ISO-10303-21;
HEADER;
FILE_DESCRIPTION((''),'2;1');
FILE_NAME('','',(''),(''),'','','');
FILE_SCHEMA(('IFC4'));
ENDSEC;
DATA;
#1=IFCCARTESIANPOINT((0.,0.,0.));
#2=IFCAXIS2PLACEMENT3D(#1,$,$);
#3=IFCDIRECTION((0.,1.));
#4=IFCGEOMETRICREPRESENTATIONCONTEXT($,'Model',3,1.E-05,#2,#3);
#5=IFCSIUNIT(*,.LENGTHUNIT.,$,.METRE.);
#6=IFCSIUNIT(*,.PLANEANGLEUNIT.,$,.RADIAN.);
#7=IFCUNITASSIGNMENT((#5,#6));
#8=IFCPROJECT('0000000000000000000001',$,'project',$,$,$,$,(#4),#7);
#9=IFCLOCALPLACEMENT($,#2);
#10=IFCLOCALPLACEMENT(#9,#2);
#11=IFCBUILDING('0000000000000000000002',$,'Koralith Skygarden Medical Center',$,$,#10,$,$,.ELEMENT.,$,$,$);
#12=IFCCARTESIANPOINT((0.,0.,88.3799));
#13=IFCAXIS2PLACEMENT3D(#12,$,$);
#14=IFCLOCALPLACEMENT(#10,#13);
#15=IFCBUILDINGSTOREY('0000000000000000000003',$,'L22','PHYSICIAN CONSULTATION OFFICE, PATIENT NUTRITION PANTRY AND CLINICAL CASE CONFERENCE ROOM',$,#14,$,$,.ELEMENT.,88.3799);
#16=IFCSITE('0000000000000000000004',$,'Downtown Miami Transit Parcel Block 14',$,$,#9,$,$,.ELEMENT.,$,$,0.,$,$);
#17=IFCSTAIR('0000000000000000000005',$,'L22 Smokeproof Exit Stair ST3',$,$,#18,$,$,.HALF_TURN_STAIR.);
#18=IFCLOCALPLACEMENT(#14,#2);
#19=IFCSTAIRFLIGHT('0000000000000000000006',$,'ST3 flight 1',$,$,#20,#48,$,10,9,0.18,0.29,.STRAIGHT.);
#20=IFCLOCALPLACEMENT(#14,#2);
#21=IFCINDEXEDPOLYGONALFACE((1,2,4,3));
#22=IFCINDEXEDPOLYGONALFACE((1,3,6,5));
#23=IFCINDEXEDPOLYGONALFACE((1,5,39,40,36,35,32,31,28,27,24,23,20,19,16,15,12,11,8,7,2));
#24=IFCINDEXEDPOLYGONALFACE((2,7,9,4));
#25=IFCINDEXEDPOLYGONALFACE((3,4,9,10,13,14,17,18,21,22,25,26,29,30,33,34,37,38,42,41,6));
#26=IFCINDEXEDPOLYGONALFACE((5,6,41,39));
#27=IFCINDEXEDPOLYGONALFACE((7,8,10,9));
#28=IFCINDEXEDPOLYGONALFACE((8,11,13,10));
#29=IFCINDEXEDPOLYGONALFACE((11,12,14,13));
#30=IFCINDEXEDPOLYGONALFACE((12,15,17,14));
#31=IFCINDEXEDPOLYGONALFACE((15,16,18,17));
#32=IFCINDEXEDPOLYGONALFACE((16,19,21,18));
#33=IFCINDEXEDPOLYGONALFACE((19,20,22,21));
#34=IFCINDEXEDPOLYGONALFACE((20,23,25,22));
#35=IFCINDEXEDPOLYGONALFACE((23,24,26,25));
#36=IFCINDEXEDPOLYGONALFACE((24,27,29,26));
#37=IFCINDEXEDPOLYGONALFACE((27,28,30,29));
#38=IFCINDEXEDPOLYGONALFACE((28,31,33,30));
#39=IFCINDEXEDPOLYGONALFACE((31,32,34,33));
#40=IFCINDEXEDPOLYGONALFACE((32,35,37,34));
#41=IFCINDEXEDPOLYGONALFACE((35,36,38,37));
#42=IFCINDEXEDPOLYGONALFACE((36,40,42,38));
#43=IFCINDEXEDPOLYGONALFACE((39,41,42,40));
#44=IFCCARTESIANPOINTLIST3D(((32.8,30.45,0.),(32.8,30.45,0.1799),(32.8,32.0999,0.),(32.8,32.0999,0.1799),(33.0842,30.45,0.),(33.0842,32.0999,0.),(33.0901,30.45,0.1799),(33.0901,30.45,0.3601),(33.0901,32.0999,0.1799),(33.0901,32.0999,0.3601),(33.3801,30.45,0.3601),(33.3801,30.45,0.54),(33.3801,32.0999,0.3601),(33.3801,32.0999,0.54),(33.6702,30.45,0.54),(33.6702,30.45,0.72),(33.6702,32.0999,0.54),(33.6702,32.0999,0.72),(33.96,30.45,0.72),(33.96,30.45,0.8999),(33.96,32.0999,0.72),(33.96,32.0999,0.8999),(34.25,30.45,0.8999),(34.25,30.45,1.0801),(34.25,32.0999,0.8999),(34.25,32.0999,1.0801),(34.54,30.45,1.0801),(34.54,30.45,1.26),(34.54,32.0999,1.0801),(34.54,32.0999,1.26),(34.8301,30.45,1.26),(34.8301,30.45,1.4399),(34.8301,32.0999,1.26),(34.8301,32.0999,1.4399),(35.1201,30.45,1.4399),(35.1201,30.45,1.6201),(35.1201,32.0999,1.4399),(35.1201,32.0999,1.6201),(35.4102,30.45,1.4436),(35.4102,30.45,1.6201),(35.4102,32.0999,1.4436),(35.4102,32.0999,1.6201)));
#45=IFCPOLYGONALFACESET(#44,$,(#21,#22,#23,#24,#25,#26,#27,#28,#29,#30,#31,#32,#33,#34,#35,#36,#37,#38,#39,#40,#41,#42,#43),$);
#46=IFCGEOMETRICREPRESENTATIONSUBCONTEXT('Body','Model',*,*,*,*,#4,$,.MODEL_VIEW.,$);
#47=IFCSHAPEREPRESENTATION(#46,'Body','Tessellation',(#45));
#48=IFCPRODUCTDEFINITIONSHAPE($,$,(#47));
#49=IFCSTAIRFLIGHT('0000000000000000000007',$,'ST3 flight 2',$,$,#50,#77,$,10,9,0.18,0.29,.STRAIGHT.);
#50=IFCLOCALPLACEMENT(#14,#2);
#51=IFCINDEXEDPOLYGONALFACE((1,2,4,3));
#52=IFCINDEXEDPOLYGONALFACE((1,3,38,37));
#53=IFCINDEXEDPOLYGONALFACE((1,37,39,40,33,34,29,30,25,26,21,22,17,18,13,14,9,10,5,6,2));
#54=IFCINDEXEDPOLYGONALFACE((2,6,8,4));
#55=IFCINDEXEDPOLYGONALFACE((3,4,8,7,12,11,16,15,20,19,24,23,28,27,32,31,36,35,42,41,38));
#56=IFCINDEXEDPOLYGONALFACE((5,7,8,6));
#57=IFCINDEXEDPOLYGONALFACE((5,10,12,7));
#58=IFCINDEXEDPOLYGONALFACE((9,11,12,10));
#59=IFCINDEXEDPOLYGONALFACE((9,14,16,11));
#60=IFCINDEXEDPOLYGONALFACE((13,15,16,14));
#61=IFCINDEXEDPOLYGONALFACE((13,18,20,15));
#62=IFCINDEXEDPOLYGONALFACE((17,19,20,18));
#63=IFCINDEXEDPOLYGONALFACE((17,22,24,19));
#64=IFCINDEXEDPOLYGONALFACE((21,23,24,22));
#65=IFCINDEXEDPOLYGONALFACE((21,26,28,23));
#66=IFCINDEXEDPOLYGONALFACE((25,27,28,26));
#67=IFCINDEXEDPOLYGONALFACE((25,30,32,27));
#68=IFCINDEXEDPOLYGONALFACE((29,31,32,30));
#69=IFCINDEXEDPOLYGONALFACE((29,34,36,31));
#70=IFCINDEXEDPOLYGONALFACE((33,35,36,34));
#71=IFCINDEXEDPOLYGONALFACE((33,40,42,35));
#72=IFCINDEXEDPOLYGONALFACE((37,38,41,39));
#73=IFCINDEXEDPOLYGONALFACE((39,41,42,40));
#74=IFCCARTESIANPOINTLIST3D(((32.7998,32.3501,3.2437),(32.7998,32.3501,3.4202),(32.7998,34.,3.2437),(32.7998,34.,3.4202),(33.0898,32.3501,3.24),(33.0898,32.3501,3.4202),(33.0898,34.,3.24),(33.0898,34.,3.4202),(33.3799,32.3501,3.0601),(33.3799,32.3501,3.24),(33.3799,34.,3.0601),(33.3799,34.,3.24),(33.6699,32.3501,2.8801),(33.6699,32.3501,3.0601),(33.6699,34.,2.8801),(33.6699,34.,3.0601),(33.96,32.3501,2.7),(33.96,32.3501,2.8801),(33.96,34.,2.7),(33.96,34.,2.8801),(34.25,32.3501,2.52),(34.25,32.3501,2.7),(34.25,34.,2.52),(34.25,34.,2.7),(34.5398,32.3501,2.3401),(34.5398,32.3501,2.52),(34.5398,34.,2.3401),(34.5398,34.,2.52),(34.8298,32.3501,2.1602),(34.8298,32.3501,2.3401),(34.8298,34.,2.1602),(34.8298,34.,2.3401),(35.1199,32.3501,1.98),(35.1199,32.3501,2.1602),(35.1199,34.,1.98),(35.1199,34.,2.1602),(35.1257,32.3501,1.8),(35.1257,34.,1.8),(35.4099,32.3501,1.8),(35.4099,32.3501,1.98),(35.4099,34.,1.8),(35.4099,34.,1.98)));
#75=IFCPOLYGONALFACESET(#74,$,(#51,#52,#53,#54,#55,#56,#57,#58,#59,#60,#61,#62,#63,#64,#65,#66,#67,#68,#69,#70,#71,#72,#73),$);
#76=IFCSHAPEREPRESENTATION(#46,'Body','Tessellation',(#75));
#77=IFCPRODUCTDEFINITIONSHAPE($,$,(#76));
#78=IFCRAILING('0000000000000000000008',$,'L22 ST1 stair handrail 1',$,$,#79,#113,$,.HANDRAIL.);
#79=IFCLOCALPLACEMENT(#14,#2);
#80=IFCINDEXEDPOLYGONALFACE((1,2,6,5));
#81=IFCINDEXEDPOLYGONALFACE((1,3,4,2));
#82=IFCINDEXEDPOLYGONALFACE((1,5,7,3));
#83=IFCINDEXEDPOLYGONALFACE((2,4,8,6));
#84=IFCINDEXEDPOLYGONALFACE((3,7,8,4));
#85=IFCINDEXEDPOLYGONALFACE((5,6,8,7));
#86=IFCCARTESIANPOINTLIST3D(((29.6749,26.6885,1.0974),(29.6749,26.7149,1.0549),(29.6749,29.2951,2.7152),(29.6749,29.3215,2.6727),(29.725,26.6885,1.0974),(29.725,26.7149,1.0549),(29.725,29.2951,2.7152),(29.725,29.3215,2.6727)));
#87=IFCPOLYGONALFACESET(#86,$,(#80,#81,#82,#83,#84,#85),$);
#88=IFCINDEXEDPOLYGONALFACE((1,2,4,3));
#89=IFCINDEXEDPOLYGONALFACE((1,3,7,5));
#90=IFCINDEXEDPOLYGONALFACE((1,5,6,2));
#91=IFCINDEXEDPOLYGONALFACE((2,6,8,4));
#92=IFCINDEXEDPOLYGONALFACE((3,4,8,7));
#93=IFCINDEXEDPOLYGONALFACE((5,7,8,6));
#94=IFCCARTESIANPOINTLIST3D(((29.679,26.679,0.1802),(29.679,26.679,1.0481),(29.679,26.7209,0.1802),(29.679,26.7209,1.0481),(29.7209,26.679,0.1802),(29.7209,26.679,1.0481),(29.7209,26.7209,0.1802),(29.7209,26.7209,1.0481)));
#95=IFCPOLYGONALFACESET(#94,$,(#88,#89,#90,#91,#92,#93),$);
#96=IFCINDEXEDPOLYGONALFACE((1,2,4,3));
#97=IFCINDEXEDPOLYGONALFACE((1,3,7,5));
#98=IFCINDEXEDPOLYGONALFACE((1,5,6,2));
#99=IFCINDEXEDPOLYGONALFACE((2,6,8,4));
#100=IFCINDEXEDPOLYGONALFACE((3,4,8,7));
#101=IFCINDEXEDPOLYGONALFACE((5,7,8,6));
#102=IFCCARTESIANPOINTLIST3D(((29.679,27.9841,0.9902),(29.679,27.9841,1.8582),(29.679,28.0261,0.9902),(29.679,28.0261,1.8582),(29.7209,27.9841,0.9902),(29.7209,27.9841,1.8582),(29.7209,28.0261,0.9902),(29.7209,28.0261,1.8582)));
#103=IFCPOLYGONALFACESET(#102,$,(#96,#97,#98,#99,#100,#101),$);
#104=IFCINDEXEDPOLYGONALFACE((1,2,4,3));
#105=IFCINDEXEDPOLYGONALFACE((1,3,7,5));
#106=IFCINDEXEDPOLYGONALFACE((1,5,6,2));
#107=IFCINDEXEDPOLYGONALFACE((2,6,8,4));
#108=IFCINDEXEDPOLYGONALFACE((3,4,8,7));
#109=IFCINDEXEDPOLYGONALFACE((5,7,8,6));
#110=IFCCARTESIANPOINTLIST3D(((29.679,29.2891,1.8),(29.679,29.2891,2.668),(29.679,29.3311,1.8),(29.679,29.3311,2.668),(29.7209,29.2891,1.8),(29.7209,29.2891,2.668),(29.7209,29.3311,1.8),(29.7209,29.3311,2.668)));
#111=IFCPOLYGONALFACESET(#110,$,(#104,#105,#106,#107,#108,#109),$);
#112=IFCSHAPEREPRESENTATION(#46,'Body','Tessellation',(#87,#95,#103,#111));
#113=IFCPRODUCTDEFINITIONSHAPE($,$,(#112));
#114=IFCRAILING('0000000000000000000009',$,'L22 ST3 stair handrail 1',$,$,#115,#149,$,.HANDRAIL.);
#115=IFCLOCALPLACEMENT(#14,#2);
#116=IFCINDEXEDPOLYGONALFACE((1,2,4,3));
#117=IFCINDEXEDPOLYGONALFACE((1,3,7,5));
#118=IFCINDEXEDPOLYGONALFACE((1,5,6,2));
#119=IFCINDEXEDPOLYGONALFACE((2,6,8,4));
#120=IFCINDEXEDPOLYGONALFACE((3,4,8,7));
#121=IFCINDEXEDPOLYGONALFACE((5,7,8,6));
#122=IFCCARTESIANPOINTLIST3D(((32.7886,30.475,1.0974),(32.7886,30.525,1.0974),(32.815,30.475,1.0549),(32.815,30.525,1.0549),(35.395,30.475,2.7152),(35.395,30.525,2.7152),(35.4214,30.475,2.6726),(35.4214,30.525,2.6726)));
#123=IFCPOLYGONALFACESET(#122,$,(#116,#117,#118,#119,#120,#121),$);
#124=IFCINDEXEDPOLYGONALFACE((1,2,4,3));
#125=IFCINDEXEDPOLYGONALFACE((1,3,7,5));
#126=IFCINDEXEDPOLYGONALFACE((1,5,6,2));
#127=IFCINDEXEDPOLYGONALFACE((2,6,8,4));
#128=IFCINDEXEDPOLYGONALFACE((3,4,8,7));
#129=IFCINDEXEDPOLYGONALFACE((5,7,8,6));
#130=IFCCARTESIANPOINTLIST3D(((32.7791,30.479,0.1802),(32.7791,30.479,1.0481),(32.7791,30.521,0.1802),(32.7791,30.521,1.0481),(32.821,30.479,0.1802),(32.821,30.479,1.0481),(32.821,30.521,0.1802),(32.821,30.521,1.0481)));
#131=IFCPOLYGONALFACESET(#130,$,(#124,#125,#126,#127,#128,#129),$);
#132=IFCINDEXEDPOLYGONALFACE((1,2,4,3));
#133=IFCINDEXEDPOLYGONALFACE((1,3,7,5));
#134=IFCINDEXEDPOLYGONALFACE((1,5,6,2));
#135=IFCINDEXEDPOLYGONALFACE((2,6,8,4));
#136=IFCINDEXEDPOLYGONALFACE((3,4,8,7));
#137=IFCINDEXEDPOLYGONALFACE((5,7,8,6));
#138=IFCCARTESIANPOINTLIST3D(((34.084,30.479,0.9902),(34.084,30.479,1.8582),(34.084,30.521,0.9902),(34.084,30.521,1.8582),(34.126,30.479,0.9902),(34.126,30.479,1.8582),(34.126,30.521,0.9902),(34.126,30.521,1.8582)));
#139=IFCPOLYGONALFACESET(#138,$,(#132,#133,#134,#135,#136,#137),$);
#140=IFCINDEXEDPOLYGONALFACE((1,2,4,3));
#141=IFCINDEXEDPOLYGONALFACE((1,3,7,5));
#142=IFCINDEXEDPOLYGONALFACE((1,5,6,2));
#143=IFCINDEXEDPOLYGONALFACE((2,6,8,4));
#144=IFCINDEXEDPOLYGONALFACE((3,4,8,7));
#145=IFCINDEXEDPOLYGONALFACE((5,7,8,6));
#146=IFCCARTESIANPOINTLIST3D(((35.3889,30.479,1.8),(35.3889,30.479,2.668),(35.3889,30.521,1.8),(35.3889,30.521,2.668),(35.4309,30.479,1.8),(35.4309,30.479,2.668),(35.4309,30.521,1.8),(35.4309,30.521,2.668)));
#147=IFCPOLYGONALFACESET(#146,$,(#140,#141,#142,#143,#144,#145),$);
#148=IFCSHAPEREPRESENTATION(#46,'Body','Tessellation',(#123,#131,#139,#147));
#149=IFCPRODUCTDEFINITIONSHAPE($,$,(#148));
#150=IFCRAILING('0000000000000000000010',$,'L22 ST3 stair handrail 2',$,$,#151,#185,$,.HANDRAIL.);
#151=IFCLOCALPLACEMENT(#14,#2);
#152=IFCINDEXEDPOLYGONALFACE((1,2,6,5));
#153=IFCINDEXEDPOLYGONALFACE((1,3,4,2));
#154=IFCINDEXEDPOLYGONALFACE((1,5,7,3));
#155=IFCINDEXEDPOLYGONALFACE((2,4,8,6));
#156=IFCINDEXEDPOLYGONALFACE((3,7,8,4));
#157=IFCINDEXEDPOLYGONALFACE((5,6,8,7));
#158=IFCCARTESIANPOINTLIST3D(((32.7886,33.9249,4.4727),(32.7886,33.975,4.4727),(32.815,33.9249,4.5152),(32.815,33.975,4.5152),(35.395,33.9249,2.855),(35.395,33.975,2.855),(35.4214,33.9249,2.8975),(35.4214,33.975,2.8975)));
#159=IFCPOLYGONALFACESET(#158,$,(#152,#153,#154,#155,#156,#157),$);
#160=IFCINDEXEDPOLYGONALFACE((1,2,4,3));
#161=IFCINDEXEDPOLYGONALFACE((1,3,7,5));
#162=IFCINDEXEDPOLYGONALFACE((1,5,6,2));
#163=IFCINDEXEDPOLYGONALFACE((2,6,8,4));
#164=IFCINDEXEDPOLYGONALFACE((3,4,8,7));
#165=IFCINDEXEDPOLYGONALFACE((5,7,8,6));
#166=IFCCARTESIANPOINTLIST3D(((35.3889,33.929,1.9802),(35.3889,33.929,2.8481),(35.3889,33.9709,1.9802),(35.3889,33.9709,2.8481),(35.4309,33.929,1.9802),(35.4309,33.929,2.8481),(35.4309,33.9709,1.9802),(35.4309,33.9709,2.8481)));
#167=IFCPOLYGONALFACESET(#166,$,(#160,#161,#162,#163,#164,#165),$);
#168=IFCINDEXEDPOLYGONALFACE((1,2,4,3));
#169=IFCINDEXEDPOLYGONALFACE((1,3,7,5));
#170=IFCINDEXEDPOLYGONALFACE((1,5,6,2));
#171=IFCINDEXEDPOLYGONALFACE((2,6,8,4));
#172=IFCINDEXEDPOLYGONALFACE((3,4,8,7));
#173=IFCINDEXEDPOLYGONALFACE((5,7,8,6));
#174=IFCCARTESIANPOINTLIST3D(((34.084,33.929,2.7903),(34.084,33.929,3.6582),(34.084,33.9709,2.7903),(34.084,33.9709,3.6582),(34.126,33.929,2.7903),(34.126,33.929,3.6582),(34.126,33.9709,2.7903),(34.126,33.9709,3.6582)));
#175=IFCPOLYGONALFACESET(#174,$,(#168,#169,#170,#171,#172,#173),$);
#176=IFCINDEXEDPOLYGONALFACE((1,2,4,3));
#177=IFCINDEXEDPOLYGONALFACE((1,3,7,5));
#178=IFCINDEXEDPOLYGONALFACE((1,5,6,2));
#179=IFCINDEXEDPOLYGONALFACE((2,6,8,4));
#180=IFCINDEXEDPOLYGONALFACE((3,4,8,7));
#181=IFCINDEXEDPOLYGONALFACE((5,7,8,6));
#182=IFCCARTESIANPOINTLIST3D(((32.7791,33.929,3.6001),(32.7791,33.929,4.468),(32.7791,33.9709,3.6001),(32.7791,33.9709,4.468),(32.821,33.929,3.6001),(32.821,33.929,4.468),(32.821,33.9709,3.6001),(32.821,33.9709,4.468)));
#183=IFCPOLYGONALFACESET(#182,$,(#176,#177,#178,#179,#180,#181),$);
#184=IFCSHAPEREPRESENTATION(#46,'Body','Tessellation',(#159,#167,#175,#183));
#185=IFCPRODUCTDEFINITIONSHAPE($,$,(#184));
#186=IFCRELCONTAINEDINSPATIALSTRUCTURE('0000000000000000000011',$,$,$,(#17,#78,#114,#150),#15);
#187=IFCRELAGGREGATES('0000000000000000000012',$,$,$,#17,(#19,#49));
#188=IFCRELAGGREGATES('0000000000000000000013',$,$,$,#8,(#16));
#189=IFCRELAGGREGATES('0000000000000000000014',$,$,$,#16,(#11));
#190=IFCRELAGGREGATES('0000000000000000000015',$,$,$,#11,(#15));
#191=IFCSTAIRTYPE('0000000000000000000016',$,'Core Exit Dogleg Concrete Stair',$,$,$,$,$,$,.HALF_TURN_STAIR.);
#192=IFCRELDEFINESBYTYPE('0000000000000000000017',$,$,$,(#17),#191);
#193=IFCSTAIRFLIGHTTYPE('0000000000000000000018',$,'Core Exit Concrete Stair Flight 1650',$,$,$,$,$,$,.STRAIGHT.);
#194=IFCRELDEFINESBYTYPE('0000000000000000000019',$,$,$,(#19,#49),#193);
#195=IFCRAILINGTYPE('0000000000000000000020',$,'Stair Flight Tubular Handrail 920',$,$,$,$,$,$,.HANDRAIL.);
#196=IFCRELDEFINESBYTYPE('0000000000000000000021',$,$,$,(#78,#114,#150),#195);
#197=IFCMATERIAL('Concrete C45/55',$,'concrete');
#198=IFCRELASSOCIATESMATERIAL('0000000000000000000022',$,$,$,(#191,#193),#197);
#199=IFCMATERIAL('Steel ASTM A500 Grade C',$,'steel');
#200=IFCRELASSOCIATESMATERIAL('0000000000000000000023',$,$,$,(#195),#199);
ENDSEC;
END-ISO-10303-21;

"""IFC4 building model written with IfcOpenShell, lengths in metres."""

from ifc_helpers import new_model, si_unit, direction, frame, origin, origin_2d, place, context, subcontext, project, spatial, polyline, rectangle, outline, extrude, material, type_object, element, aggregate, save


model = new_model("IFC4")

# Units and contexts
model_context = context("Model", 3, precision=1e-05, world=origin(), true_north=direction((0.0, 1.0)))
body_context = subcontext(model_context, "Body", "Model", "MODEL_VIEW")
ifc_project = project(units=[si_unit("LENGTHUNIT", "METRE"), si_unit("PLANEANGLEUNIT", "RADIAN")], contexts=[model_context])

# Site, building, storey
site_placement = place(None, origin())
site = spatial("IfcSite", under=ifc_project, at=site_placement, Name="Downtown Miami Transit Parcel Block 14", CompositionType="ELEMENT", RefElevation=0.0)
building_placement = place(site_placement, origin())
building = spatial("IfcBuilding", under=site, at=building_placement, Name="Koralith Skygarden Medical Center", CompositionType="ELEMENT")
storey_placement = place(building_placement, frame((0.0, 0.0, 88.3799)))
storey = spatial("IfcBuildingStorey", under=building, at=storey_placement, Name="L22", Description="PHYSICIAN CONSULTATION OFFICE, PATIENT NUTRITION PANTRY AND CLINICAL CASE CONFERENCE ROOM", CompositionType="ELEMENT", Elevation=88.3799)

# Shared definitions
ifc_material_1 = material(Name="Concrete C45/55", Category="concrete")

# Shared definitions
stair_type = type_object("IfcStairType", Name="Core Exit Dogleg Concrete Stair", PredefinedType="HALF_TURN_STAIR", material=ifc_material_1)
stair_flight_type = type_object("IfcStairFlightType", Name="Core Exit Concrete Stair Flight 1650", PredefinedType="STRAIGHT", material=ifc_material_1)

# Stair, stair flights
stair_1_placement = place(storey_placement, origin())
stair_1 = element("IfcStair", 1, at=stair_1_placement, inside=storey, type_object=stair_type, Name="L22 Smokeproof Exit Stair ST3", PredefinedType="HALF_TURN_STAIR")
stair_flight_1_placement = place(storey_placement, frame((32.8, 31.2749, 0.0), z_axis=(0.0, 0.0, 1.0), x_axis=(1.0, 0.0, 0.0)))
stair_flight_1 = element("IfcStairFlight", 2, at=stair_flight_1_placement, type_object=stair_flight_type, Name="ST3 flight 1", NumberOfRisers=10, NumberOfTreads=9, PredefinedType="STRAIGHT", RiserHeight=0.18, TreadLength=0.29, context=body_context, shape_type="SweptSolid", body=[
    extrude(outline(polyline([(0.0, 0.0), (0.0, 0.1799), (0.29, 0.1799), (0.29, 0.3601), (0.5801, 0.3601), (0.5801, 0.54), (0.8701, 0.54), (0.8701, 0.72), (1.1599, 0.72), (1.1599, 0.8999), (1.45, 0.8999), (1.45, 1.0801), (1.74, 1.0801), (1.74, 1.26), (2.03, 1.26), (2.03, 1.4399), (2.3201, 1.4399), (2.3201, 1.6201), (2.6101, 1.6201), (2.6101, 1.8), (2.6101, 1.4436), (0.2842, 0.0), (0.0, 0.0)])), frame((0.0, 0.825, 0.0), z_axis=(0.0, -1.0, 0.0), x_axis=(1.0, 0.0, 0.0)), (0.0, 0.0, 1.0), 1.6499),
])
stair_flight_2_placement = place(storey_placement, frame((35.4099, 33.175, 1.8), z_axis=(0.0, 0.0, 1.0), x_axis=(-1.0, 0.0, 0.0)))
stair_flight_2 = element("IfcStairFlight", 3, at=stair_flight_2_placement, type_object=stair_flight_type, Name="ST3 flight 2", NumberOfRisers=10, NumberOfTreads=9, PredefinedType="STRAIGHT", RiserHeight=0.18, TreadLength=0.29, context=body_context, shape_type="SweptSolid", body=[
    extrude(outline(polyline([(0.0, 0.0), (0.0, 0.1799), (0.29, 0.1799), (0.29, 0.3601), (0.5801, 0.3601), (0.5801, 0.54), (0.8701, 0.54), (0.8701, 0.72), (1.1599, 0.72), (1.1599, 0.8999), (1.45, 0.8999), (1.45, 1.0801), (1.74, 1.0801), (1.74, 1.26), (2.03, 1.26), (2.03, 1.4399), (2.3201, 1.4399), (2.3201, 1.6201), (2.6101, 1.6201), (2.6101, 1.8), (2.6101, 1.4436), (0.2842, 0.0), (0.0, 0.0)])), frame((0.0, 0.825, 0.0), z_axis=(0.0, -1.0, 0.0), x_axis=(1.0, 0.0, 0.0)), (0.0, 0.0, 1.0), 1.6499),
])
aggregate(stair_1, [stair_flight_1, stair_flight_2])

# Railings
ifc_material_2 = material(Name="Steel ASTM A500 Grade C", Category="steel")
railing_type_1 = type_object("IfcRailingType", Name="Stair Flight Tubular Handrail 920", PredefinedType="HANDRAIL", material=ifc_material_2)
railing_1_placement = place(storey_placement, frame((29.7, 26.7, 0.1802)))
element("IfcRailing", 4, at=railing_1_placement, inside=storey, type_object=railing_type_1, Name="L22 ST1 stair handrail 1", PredefinedType="HANDRAIL", context=body_context, shape_type="SweptSolid", body=[
    extrude(rectangle(XDim=0.05, YDim=0.05, at=origin_2d()), frame((0.0, 0.0017, 0.896), z_axis=(0.0, 0.849668, 0.527317), x_axis=(-1.0, 0.0, 0.0)), (0.0, 0.0, 1.0), 3.0679),
    extrude(rectangle(XDim=0.042, YDim=0.042, at=origin_2d()), origin(), (0.0, 0.0, 1.0), 0.8679),
    extrude(rectangle(XDim=0.042, YDim=0.042, at=origin_2d()), frame((0.0, 1.3052, 0.8101)), (0.0, 0.0, 1.0), 0.8679),
    extrude(rectangle(XDim=0.042, YDim=0.042, at=origin_2d()), frame((0.0, 2.6101, 1.6199)), (0.0, 0.0, 1.0), 0.8679),
])
railing_2_placement = place(storey_placement, frame((32.8, 30.5, 0.1802)))
element("IfcRailing", 5, at=railing_2_placement, inside=storey, type_object=railing_type_1, Name="L22 ST3 stair handrail 1", PredefinedType="HANDRAIL", context=body_context, shape_type="SweptSolid", body=[
    extrude(rectangle(XDim=0.05, YDim=0.05, at=origin_2d()), frame((0.0017, 0.0, 0.896), z_axis=(0.849646, 0.0, 0.527353), x_axis=(0.0, 1.0, 0.0)), (0.0, 0.0, 1.0), 3.0676),
    extrude(rectangle(XDim=0.042, YDim=0.042, at=origin_2d()), origin(), (0.0, 0.0, 1.0), 0.8679),
    extrude(rectangle(XDim=0.042, YDim=0.042, at=origin_2d()), frame((1.3049, 0.0, 0.8101)), (0.0, 0.0, 1.0), 0.8679),
    extrude(rectangle(XDim=0.042, YDim=0.042, at=origin_2d()), frame((2.6099, 0.0, 1.6199)), (0.0, 0.0, 1.0), 0.8679),
])
railing_3_placement = place(storey_placement, frame((35.4099, 33.95, 1.9802)))
element("IfcRailing", 6, at=railing_3_placement, inside=storey, type_object=railing_type_1, Name="L22 ST3 stair handrail 2", PredefinedType="HANDRAIL", context=body_context, shape_type="SweptSolid", body=[
    extrude(rectangle(XDim=0.05, YDim=0.05, at=origin_2d()), frame((-0.0017, 0.0, 0.896), z_axis=(-0.849646, 0.0, 0.527353), x_axis=(0.0, -1.0, 0.0)), (0.0, 0.0, 1.0), 3.0676),
    extrude(rectangle(XDim=0.042, YDim=0.042, at=origin_2d()), origin(), (0.0, 0.0, 1.0), 0.8679),
    extrude(rectangle(XDim=0.042, YDim=0.042, at=origin_2d()), frame((-1.3049, 0.0, 0.8101)), (0.0, 0.0, 1.0), 0.8679),
    extrude(rectangle(XDim=0.042, YDim=0.042, at=origin_2d()), frame((-2.6099, 0.0, 1.6199)), (0.0, 0.0, 1.0), 0.8679),
])

save(model, "model.ifc")
